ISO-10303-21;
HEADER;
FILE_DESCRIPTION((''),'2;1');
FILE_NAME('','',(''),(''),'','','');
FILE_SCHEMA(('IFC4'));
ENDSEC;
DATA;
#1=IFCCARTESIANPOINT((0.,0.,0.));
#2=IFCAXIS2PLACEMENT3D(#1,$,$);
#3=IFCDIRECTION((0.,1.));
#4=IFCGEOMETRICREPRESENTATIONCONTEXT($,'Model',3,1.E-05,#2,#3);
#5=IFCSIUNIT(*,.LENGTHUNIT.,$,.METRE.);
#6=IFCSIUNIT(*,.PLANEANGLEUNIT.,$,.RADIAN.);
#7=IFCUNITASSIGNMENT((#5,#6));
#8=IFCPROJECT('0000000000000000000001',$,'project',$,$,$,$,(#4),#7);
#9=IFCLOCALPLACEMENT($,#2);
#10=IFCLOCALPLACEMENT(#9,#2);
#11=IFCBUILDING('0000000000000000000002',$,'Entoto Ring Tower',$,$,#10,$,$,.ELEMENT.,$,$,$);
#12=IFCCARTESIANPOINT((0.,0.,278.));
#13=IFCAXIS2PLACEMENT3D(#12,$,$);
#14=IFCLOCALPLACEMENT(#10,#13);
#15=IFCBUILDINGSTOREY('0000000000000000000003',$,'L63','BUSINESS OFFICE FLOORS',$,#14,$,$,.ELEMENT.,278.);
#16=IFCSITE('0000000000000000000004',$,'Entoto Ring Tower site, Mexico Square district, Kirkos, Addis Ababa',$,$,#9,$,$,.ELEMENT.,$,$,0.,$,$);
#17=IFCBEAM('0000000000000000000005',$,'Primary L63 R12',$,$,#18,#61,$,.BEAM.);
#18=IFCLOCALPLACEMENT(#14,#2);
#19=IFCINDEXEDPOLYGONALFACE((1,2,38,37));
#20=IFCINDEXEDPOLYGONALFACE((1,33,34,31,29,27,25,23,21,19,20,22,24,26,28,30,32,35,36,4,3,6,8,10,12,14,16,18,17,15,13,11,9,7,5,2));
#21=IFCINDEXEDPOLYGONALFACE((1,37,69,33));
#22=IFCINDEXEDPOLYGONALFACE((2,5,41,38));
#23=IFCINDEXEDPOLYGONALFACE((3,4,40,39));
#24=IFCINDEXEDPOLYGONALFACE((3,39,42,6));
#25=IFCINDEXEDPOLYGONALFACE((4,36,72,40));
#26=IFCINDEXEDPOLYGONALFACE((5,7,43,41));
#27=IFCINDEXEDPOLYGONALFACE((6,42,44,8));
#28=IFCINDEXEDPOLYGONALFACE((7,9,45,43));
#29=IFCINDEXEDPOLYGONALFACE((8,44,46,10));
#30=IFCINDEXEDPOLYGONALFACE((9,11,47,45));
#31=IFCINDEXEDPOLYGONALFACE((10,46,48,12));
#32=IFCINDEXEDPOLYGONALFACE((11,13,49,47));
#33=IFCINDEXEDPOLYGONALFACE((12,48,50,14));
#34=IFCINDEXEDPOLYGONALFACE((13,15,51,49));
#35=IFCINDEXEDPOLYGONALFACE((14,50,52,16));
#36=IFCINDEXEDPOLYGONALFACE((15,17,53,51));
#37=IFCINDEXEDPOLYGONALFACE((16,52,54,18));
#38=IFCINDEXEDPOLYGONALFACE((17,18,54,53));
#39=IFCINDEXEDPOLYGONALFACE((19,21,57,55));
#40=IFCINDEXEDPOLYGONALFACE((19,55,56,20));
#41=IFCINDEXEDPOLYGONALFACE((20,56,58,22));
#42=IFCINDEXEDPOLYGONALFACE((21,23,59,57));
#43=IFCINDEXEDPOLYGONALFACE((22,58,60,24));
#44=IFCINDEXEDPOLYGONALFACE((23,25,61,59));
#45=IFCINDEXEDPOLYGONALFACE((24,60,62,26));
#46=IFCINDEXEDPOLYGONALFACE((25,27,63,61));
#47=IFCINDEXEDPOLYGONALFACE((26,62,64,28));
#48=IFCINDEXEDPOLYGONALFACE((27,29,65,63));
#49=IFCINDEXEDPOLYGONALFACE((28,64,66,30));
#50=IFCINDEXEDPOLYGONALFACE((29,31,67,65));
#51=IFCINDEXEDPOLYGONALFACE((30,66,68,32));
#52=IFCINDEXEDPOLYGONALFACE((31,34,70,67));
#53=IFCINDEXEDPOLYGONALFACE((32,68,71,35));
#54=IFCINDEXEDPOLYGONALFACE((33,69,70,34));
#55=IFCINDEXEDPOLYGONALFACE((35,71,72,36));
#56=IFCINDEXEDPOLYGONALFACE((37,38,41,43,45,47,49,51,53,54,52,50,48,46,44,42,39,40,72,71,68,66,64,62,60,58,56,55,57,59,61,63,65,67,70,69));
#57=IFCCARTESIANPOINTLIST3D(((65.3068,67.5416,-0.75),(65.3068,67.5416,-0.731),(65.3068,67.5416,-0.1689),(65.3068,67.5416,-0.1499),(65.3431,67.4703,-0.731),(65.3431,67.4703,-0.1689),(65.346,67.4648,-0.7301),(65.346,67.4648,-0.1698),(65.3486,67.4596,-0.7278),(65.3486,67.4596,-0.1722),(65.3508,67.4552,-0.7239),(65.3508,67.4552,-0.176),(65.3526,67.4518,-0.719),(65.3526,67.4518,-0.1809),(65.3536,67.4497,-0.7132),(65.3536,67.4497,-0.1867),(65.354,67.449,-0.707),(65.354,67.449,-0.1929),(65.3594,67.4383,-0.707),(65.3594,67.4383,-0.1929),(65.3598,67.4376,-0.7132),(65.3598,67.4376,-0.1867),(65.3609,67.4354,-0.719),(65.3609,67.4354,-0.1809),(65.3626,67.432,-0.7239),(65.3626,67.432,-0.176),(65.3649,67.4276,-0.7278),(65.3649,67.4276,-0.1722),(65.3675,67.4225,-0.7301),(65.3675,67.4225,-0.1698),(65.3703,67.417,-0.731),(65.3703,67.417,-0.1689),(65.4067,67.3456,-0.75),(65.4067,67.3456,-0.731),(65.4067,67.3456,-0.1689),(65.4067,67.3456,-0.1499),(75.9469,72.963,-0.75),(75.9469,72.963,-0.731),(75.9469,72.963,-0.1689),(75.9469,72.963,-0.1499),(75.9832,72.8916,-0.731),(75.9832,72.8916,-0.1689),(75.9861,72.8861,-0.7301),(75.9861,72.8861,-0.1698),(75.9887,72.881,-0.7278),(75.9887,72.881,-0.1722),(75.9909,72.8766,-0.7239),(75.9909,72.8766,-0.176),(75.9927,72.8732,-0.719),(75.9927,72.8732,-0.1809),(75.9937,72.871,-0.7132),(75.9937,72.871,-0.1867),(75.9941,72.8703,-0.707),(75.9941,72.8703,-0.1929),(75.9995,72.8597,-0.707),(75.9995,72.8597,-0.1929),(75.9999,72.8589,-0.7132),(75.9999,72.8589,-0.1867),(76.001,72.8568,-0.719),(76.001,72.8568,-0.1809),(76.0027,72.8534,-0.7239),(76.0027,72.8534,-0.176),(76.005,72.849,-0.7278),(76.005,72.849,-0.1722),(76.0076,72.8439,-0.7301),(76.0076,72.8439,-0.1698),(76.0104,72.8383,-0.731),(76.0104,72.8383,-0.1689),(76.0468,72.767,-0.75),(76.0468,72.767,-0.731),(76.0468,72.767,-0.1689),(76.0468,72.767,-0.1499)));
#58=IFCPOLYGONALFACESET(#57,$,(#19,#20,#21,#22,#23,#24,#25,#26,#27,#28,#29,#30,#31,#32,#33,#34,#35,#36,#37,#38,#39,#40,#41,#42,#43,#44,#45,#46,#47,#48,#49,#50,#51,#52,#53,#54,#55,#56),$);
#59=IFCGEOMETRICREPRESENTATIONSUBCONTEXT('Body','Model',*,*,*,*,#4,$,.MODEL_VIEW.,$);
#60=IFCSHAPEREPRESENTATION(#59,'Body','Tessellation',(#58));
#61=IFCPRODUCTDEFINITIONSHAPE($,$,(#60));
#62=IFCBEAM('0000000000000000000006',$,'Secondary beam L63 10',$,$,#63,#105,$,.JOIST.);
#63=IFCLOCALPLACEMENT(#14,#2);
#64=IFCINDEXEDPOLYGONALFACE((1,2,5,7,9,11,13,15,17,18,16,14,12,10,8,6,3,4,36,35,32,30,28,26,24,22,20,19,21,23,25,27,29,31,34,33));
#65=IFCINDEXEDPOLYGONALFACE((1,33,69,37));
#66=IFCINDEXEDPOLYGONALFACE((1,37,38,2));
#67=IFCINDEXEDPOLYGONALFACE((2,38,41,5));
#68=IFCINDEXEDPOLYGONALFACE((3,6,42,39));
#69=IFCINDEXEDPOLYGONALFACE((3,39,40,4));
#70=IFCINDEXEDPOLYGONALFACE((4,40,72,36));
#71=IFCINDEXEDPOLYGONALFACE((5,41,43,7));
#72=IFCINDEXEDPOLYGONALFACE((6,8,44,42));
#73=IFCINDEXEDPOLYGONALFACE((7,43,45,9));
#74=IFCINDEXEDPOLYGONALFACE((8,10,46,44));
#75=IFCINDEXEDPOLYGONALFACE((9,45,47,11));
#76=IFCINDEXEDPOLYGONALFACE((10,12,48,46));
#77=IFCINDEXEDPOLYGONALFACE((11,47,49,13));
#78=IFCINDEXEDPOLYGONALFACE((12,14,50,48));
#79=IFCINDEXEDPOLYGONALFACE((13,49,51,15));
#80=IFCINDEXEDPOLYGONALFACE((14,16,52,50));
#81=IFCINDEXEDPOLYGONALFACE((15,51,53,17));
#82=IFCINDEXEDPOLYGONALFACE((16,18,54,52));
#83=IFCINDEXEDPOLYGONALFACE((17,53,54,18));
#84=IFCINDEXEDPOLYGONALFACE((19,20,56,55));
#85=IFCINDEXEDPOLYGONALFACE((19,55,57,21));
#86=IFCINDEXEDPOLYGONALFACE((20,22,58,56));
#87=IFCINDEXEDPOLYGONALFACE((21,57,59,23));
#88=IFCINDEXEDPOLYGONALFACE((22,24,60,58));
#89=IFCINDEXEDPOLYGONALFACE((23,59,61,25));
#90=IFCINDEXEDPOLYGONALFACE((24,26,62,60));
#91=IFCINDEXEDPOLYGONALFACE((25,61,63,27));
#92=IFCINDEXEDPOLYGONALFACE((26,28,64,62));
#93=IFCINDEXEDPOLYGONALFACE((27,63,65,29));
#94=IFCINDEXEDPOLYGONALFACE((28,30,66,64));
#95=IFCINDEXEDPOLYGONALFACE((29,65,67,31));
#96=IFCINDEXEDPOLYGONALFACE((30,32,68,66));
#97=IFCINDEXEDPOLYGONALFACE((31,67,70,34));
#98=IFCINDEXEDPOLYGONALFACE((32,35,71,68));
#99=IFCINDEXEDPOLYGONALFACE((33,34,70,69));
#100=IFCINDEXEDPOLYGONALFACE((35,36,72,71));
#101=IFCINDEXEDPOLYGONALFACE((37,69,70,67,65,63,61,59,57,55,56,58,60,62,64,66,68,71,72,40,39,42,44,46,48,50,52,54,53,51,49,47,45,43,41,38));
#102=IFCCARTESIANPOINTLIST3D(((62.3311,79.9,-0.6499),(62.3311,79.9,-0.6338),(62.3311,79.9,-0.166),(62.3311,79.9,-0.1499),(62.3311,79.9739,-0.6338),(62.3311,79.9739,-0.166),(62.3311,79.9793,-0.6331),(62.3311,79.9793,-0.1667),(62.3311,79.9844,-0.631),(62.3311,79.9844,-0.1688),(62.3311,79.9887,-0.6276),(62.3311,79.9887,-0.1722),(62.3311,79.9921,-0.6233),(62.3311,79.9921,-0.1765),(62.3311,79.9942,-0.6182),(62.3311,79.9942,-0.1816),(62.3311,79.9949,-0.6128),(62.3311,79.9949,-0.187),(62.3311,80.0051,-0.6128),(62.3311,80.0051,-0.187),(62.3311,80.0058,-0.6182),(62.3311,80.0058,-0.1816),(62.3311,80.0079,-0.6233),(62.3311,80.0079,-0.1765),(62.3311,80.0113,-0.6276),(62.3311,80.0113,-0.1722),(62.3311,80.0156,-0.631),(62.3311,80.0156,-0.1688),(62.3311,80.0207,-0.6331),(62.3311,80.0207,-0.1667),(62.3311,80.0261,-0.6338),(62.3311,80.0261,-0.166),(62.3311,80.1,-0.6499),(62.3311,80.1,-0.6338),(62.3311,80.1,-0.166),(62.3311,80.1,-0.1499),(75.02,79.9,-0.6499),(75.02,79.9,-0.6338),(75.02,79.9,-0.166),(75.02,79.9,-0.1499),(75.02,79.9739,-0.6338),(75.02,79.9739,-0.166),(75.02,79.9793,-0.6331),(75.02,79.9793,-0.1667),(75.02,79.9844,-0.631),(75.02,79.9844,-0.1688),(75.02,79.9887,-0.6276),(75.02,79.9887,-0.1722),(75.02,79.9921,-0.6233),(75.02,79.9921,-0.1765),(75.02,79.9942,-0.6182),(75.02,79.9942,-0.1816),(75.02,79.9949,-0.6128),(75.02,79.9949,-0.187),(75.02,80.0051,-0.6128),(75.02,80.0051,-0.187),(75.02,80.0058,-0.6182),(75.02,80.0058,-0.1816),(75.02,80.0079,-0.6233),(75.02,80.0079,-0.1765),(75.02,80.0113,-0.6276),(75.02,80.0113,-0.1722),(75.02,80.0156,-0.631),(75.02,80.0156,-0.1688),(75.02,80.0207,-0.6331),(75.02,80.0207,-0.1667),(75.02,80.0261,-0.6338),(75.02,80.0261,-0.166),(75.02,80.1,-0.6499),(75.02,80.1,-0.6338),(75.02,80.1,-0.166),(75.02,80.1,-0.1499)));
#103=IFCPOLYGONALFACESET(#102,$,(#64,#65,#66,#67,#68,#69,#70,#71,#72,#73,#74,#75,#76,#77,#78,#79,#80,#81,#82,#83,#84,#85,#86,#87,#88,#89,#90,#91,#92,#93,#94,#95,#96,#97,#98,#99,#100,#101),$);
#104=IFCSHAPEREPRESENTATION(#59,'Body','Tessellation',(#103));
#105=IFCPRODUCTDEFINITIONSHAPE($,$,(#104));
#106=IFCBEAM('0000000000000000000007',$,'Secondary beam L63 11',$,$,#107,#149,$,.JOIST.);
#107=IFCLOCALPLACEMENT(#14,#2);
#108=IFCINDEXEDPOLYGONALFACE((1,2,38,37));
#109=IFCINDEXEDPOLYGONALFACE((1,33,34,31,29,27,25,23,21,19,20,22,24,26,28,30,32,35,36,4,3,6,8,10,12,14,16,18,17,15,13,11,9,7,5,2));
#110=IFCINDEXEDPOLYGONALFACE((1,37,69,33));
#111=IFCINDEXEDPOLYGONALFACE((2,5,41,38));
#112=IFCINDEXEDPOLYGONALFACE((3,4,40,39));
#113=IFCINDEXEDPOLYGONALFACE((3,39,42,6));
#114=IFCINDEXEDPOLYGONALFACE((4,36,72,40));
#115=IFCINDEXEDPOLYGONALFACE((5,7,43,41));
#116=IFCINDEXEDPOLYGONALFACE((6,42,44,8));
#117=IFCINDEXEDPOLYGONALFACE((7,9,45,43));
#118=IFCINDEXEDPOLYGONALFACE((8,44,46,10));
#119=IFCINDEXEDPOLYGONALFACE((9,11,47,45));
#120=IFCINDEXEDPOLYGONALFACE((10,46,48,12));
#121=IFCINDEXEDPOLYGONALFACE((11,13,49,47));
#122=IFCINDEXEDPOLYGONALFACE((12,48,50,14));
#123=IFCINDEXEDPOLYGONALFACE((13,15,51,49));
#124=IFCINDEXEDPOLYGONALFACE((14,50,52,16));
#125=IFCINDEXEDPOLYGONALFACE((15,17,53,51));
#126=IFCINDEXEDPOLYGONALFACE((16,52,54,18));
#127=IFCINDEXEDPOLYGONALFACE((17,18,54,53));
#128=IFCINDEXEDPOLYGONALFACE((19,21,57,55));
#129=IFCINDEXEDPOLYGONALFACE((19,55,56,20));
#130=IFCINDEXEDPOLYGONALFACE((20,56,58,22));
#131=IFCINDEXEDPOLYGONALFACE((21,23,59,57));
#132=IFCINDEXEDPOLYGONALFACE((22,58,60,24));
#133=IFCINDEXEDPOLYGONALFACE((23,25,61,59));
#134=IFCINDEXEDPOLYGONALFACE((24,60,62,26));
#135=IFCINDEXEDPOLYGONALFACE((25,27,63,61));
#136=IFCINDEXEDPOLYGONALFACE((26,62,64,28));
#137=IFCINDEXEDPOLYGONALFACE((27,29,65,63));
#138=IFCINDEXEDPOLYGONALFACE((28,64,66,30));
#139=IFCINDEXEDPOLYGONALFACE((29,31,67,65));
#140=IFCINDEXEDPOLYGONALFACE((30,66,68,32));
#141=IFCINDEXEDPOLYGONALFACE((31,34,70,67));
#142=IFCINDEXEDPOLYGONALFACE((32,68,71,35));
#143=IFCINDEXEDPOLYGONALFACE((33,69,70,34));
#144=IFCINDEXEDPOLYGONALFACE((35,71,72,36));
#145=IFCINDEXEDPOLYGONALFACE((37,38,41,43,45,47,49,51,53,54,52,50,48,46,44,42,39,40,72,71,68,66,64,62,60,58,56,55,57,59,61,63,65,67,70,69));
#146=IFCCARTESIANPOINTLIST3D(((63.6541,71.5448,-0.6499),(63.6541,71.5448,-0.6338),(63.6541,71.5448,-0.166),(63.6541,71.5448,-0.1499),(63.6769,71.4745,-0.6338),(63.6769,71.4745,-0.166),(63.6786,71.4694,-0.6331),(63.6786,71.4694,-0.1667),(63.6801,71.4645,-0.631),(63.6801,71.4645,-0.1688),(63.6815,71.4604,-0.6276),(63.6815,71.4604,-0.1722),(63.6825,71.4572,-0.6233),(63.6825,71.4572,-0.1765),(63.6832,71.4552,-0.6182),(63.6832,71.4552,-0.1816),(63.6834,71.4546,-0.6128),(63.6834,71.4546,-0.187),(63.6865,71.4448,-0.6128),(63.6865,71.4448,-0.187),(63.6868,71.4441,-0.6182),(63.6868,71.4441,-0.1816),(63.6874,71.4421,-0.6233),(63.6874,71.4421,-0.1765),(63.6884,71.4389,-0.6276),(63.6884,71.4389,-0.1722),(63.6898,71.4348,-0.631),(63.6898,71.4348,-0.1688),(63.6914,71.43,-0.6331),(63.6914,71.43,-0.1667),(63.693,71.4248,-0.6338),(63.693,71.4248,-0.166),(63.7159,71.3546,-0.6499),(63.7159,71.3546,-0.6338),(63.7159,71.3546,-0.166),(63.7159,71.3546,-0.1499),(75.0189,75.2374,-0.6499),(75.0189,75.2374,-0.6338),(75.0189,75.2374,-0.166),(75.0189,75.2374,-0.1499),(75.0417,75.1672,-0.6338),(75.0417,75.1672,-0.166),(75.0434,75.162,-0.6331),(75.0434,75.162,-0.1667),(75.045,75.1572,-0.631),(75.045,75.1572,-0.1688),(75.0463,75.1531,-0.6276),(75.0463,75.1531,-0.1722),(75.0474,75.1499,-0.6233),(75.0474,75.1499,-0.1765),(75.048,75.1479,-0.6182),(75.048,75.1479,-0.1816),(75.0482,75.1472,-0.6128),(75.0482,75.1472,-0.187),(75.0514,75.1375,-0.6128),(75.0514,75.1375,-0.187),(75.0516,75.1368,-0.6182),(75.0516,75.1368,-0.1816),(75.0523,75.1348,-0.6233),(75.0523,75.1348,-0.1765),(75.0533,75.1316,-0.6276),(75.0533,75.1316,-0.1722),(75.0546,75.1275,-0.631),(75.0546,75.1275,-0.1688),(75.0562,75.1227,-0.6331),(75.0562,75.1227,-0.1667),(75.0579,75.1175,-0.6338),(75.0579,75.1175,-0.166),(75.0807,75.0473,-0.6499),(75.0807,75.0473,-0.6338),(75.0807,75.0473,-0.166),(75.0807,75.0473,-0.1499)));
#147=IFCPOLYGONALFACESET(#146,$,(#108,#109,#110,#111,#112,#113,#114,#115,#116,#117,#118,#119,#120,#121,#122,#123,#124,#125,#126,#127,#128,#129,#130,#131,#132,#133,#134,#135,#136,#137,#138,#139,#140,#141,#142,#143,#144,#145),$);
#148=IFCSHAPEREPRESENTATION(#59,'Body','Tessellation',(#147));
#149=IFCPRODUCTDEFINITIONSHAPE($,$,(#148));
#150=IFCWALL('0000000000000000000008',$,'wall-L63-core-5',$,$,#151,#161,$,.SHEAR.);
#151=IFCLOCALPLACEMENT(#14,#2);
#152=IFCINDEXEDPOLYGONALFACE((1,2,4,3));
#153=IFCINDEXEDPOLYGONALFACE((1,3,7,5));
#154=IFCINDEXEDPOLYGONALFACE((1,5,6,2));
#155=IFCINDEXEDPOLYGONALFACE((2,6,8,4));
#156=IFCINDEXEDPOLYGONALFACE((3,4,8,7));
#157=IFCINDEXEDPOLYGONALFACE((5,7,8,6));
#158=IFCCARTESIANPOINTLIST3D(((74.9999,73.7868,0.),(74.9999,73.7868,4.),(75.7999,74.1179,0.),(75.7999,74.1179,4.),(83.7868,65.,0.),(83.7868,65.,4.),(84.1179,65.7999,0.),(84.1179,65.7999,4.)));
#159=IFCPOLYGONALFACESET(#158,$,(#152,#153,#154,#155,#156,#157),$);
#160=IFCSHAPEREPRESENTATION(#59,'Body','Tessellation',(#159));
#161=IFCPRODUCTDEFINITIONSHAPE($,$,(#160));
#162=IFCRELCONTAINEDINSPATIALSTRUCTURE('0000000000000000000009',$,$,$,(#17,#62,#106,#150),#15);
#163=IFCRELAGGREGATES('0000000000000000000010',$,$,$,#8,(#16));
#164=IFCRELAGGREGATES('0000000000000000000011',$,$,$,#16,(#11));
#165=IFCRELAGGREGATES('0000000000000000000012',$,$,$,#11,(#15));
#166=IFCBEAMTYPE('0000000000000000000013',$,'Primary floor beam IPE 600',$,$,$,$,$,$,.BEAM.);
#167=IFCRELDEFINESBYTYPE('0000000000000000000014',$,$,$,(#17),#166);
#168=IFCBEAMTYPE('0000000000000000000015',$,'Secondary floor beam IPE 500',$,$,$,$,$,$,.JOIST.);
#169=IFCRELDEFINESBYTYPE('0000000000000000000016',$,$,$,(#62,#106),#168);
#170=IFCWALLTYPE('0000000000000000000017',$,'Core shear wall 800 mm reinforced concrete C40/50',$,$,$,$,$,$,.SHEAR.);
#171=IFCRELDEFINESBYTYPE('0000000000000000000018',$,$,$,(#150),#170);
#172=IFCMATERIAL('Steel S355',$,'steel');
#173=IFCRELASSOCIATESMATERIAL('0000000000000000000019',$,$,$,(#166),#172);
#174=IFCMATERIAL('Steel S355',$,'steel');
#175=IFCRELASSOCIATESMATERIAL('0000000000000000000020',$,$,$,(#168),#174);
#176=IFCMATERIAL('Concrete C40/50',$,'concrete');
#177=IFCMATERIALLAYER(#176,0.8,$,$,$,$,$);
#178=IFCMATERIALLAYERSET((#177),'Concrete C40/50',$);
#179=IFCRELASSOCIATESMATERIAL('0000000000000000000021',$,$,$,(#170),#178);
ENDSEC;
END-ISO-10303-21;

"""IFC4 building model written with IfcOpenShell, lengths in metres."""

from ifc_helpers import new_model, si_unit, direction, frame, origin, origin_2d, place, context, subcontext, project, spatial, polyline, i_section, outline, extrude, material, layer, layer_set, material_profile, profile_set, type_object, element, save


model = new_model("IFC4")

# Units and contexts
model_context = context("Model", 3, precision=1e-05, world=origin(), true_north=direction((0.0, 1.0)))
body_context = subcontext(model_context, "Body", "Model", "MODEL_VIEW")
ifc_project = project(units=[si_unit("LENGTHUNIT", "METRE"), si_unit("PLANEANGLEUNIT", "RADIAN")], contexts=[model_context])

# Site, building, storey
site_placement = place(None, origin())
site = spatial("IfcSite", under=ifc_project, at=site_placement, Name="Entoto Ring Tower site, Mexico Square district, Kirkos, Addis Ababa", CompositionType="ELEMENT", RefElevation=0.0)
building_placement = place(site_placement, origin())
building = spatial("IfcBuilding", under=site, at=building_placement, Name="Entoto Ring Tower", CompositionType="ELEMENT")
storey_placement = place(building_placement, frame((0.0, 0.0, 278.0)))
storey = spatial("IfcBuildingStorey", under=building, at=storey_placement, Name="L63", Description="BUSINESS OFFICE FLOORS", CompositionType="ELEMENT", Elevation=278.0)

# Beams
ifc_material_1 = material(Name="Steel S355", Category="steel")
ifc_material_profile_1 = material_profile(ifc_material_1, i_section(OverallWidth=0.22, OverallDepth=0.6001, WebThickness=0.012, FlangeThickness=0.019, FilletRadius=0.0239, at=origin_2d()), Name="IPE 600")
ifc_profile_set_1 = profile_set([ifc_material_profile_1], Name="Steel S355")
beam_type_1 = type_object("IfcBeamType", Name="Primary floor beam IPE 600", PredefinedType="BEAM", material=ifc_profile_set_1)
beam_1_placement = place(storey_placement, frame((75.9968, 72.865, -0.45), z_axis=(-0.891008, -0.453988, 0.0), x_axis=(0.453988, -0.891008, 0.0)))
element("IfcBeam", 1, at=beam_1_placement, inside=storey, type_object=beam_type_1, Name="Primary L63 R12", PredefinedType="BEAM", context=body_context, shape_type="SweptSolid", body=[
    extrude(i_section(OverallWidth=0.22, OverallDepth=0.6001, WebThickness=0.012, FlangeThickness=0.019, FilletRadius=0.0239, at=origin_2d()), origin(), (0.0, 0.0, 1.0), 11.9417),
])
ifc_material_2 = material(Name="Steel S355", Category="steel")
ifc_material_profile_2 = material_profile(ifc_material_2, i_section(OverallWidth=0.2, OverallDepth=0.5, WebThickness=0.0103, FlangeThickness=0.0161, FilletRadius=0.021, at=origin_2d()), Name="IPE 500")
ifc_profile_set_2 = profile_set([ifc_material_profile_2], Name="Steel S355")
beam_type_2 = type_object("IfcBeamType", Name="Secondary floor beam IPE 500", PredefinedType="JOIST", material=ifc_profile_set_2)
beam_2_placement = place(storey_placement, frame((75.02, 80.0, -0.3999), z_axis=(-1.0, 0.0, 0.0), x_axis=(0.0, -1.0, 0.0)))
element("IfcBeam", 2, at=beam_2_placement, inside=storey, type_object=beam_type_2, Name="Secondary beam L63 10", PredefinedType="JOIST", context=body_context, shape_type="SweptSolid", body=[
    extrude(i_section(OverallWidth=0.2, OverallDepth=0.5, WebThickness=0.0103, FlangeThickness=0.0161, FilletRadius=0.021, at=origin_2d()), origin(), (0.0, 0.0, 1.0), 12.689),
])
beam_3_placement = place(storey_placement, frame((75.0498, 75.1423, -0.3999), z_axis=(-0.951057, -0.309017, 0.0), x_axis=(0.309017, -0.951057, 0.0)))
element("IfcBeam", 3, at=beam_3_placement, inside=storey, type_object=beam_type_2, Name="Secondary beam L63 11", PredefinedType="JOIST", context=body_context, shape_type="SweptSolid", body=[
    extrude(i_section(OverallWidth=0.2, OverallDepth=0.5, WebThickness=0.0103, FlangeThickness=0.0161, FilletRadius=0.021, at=origin_2d()), origin(), (0.0, 0.0, 1.0), 11.9497),
])

# Wall
ifc_material_3 = material(Name="Concrete C40/50", Category="concrete")
ifc_layer_1 = layer(ifc_material_3, 0.8)
ifc_layer_set_1 = layer_set([ifc_layer_1], Name="Concrete C40/50")
wall_type_1 = type_object("IfcWallType", Name="Core shear wall 800 mm reinforced concrete C40/50", PredefinedType="SHEAR", material=ifc_layer_set_1)
wall_1_placement = place(storey_placement, frame((75.3999, 73.9524, 0.0), z_axis=(0.0, 0.0, 1.0), x_axis=(0.707107, -0.707107, 0.0)))
element("IfcWall", 4, at=wall_1_placement, inside=storey, type_object=wall_type_1, Name="wall-L63-core-5", PredefinedType="SHEAR", context=body_context, shape_type="SweptSolid", body=[
    extrude(outline(polyline([(-0.1658, -0.3999), (12.2607, -0.3999), (11.9292, 0.3999), (0.1658, 0.3999), (-0.1658, -0.3999)])), origin(), (0.0, 0.0, 1.0), 4.0),
])

save(model, "model.ifc")
